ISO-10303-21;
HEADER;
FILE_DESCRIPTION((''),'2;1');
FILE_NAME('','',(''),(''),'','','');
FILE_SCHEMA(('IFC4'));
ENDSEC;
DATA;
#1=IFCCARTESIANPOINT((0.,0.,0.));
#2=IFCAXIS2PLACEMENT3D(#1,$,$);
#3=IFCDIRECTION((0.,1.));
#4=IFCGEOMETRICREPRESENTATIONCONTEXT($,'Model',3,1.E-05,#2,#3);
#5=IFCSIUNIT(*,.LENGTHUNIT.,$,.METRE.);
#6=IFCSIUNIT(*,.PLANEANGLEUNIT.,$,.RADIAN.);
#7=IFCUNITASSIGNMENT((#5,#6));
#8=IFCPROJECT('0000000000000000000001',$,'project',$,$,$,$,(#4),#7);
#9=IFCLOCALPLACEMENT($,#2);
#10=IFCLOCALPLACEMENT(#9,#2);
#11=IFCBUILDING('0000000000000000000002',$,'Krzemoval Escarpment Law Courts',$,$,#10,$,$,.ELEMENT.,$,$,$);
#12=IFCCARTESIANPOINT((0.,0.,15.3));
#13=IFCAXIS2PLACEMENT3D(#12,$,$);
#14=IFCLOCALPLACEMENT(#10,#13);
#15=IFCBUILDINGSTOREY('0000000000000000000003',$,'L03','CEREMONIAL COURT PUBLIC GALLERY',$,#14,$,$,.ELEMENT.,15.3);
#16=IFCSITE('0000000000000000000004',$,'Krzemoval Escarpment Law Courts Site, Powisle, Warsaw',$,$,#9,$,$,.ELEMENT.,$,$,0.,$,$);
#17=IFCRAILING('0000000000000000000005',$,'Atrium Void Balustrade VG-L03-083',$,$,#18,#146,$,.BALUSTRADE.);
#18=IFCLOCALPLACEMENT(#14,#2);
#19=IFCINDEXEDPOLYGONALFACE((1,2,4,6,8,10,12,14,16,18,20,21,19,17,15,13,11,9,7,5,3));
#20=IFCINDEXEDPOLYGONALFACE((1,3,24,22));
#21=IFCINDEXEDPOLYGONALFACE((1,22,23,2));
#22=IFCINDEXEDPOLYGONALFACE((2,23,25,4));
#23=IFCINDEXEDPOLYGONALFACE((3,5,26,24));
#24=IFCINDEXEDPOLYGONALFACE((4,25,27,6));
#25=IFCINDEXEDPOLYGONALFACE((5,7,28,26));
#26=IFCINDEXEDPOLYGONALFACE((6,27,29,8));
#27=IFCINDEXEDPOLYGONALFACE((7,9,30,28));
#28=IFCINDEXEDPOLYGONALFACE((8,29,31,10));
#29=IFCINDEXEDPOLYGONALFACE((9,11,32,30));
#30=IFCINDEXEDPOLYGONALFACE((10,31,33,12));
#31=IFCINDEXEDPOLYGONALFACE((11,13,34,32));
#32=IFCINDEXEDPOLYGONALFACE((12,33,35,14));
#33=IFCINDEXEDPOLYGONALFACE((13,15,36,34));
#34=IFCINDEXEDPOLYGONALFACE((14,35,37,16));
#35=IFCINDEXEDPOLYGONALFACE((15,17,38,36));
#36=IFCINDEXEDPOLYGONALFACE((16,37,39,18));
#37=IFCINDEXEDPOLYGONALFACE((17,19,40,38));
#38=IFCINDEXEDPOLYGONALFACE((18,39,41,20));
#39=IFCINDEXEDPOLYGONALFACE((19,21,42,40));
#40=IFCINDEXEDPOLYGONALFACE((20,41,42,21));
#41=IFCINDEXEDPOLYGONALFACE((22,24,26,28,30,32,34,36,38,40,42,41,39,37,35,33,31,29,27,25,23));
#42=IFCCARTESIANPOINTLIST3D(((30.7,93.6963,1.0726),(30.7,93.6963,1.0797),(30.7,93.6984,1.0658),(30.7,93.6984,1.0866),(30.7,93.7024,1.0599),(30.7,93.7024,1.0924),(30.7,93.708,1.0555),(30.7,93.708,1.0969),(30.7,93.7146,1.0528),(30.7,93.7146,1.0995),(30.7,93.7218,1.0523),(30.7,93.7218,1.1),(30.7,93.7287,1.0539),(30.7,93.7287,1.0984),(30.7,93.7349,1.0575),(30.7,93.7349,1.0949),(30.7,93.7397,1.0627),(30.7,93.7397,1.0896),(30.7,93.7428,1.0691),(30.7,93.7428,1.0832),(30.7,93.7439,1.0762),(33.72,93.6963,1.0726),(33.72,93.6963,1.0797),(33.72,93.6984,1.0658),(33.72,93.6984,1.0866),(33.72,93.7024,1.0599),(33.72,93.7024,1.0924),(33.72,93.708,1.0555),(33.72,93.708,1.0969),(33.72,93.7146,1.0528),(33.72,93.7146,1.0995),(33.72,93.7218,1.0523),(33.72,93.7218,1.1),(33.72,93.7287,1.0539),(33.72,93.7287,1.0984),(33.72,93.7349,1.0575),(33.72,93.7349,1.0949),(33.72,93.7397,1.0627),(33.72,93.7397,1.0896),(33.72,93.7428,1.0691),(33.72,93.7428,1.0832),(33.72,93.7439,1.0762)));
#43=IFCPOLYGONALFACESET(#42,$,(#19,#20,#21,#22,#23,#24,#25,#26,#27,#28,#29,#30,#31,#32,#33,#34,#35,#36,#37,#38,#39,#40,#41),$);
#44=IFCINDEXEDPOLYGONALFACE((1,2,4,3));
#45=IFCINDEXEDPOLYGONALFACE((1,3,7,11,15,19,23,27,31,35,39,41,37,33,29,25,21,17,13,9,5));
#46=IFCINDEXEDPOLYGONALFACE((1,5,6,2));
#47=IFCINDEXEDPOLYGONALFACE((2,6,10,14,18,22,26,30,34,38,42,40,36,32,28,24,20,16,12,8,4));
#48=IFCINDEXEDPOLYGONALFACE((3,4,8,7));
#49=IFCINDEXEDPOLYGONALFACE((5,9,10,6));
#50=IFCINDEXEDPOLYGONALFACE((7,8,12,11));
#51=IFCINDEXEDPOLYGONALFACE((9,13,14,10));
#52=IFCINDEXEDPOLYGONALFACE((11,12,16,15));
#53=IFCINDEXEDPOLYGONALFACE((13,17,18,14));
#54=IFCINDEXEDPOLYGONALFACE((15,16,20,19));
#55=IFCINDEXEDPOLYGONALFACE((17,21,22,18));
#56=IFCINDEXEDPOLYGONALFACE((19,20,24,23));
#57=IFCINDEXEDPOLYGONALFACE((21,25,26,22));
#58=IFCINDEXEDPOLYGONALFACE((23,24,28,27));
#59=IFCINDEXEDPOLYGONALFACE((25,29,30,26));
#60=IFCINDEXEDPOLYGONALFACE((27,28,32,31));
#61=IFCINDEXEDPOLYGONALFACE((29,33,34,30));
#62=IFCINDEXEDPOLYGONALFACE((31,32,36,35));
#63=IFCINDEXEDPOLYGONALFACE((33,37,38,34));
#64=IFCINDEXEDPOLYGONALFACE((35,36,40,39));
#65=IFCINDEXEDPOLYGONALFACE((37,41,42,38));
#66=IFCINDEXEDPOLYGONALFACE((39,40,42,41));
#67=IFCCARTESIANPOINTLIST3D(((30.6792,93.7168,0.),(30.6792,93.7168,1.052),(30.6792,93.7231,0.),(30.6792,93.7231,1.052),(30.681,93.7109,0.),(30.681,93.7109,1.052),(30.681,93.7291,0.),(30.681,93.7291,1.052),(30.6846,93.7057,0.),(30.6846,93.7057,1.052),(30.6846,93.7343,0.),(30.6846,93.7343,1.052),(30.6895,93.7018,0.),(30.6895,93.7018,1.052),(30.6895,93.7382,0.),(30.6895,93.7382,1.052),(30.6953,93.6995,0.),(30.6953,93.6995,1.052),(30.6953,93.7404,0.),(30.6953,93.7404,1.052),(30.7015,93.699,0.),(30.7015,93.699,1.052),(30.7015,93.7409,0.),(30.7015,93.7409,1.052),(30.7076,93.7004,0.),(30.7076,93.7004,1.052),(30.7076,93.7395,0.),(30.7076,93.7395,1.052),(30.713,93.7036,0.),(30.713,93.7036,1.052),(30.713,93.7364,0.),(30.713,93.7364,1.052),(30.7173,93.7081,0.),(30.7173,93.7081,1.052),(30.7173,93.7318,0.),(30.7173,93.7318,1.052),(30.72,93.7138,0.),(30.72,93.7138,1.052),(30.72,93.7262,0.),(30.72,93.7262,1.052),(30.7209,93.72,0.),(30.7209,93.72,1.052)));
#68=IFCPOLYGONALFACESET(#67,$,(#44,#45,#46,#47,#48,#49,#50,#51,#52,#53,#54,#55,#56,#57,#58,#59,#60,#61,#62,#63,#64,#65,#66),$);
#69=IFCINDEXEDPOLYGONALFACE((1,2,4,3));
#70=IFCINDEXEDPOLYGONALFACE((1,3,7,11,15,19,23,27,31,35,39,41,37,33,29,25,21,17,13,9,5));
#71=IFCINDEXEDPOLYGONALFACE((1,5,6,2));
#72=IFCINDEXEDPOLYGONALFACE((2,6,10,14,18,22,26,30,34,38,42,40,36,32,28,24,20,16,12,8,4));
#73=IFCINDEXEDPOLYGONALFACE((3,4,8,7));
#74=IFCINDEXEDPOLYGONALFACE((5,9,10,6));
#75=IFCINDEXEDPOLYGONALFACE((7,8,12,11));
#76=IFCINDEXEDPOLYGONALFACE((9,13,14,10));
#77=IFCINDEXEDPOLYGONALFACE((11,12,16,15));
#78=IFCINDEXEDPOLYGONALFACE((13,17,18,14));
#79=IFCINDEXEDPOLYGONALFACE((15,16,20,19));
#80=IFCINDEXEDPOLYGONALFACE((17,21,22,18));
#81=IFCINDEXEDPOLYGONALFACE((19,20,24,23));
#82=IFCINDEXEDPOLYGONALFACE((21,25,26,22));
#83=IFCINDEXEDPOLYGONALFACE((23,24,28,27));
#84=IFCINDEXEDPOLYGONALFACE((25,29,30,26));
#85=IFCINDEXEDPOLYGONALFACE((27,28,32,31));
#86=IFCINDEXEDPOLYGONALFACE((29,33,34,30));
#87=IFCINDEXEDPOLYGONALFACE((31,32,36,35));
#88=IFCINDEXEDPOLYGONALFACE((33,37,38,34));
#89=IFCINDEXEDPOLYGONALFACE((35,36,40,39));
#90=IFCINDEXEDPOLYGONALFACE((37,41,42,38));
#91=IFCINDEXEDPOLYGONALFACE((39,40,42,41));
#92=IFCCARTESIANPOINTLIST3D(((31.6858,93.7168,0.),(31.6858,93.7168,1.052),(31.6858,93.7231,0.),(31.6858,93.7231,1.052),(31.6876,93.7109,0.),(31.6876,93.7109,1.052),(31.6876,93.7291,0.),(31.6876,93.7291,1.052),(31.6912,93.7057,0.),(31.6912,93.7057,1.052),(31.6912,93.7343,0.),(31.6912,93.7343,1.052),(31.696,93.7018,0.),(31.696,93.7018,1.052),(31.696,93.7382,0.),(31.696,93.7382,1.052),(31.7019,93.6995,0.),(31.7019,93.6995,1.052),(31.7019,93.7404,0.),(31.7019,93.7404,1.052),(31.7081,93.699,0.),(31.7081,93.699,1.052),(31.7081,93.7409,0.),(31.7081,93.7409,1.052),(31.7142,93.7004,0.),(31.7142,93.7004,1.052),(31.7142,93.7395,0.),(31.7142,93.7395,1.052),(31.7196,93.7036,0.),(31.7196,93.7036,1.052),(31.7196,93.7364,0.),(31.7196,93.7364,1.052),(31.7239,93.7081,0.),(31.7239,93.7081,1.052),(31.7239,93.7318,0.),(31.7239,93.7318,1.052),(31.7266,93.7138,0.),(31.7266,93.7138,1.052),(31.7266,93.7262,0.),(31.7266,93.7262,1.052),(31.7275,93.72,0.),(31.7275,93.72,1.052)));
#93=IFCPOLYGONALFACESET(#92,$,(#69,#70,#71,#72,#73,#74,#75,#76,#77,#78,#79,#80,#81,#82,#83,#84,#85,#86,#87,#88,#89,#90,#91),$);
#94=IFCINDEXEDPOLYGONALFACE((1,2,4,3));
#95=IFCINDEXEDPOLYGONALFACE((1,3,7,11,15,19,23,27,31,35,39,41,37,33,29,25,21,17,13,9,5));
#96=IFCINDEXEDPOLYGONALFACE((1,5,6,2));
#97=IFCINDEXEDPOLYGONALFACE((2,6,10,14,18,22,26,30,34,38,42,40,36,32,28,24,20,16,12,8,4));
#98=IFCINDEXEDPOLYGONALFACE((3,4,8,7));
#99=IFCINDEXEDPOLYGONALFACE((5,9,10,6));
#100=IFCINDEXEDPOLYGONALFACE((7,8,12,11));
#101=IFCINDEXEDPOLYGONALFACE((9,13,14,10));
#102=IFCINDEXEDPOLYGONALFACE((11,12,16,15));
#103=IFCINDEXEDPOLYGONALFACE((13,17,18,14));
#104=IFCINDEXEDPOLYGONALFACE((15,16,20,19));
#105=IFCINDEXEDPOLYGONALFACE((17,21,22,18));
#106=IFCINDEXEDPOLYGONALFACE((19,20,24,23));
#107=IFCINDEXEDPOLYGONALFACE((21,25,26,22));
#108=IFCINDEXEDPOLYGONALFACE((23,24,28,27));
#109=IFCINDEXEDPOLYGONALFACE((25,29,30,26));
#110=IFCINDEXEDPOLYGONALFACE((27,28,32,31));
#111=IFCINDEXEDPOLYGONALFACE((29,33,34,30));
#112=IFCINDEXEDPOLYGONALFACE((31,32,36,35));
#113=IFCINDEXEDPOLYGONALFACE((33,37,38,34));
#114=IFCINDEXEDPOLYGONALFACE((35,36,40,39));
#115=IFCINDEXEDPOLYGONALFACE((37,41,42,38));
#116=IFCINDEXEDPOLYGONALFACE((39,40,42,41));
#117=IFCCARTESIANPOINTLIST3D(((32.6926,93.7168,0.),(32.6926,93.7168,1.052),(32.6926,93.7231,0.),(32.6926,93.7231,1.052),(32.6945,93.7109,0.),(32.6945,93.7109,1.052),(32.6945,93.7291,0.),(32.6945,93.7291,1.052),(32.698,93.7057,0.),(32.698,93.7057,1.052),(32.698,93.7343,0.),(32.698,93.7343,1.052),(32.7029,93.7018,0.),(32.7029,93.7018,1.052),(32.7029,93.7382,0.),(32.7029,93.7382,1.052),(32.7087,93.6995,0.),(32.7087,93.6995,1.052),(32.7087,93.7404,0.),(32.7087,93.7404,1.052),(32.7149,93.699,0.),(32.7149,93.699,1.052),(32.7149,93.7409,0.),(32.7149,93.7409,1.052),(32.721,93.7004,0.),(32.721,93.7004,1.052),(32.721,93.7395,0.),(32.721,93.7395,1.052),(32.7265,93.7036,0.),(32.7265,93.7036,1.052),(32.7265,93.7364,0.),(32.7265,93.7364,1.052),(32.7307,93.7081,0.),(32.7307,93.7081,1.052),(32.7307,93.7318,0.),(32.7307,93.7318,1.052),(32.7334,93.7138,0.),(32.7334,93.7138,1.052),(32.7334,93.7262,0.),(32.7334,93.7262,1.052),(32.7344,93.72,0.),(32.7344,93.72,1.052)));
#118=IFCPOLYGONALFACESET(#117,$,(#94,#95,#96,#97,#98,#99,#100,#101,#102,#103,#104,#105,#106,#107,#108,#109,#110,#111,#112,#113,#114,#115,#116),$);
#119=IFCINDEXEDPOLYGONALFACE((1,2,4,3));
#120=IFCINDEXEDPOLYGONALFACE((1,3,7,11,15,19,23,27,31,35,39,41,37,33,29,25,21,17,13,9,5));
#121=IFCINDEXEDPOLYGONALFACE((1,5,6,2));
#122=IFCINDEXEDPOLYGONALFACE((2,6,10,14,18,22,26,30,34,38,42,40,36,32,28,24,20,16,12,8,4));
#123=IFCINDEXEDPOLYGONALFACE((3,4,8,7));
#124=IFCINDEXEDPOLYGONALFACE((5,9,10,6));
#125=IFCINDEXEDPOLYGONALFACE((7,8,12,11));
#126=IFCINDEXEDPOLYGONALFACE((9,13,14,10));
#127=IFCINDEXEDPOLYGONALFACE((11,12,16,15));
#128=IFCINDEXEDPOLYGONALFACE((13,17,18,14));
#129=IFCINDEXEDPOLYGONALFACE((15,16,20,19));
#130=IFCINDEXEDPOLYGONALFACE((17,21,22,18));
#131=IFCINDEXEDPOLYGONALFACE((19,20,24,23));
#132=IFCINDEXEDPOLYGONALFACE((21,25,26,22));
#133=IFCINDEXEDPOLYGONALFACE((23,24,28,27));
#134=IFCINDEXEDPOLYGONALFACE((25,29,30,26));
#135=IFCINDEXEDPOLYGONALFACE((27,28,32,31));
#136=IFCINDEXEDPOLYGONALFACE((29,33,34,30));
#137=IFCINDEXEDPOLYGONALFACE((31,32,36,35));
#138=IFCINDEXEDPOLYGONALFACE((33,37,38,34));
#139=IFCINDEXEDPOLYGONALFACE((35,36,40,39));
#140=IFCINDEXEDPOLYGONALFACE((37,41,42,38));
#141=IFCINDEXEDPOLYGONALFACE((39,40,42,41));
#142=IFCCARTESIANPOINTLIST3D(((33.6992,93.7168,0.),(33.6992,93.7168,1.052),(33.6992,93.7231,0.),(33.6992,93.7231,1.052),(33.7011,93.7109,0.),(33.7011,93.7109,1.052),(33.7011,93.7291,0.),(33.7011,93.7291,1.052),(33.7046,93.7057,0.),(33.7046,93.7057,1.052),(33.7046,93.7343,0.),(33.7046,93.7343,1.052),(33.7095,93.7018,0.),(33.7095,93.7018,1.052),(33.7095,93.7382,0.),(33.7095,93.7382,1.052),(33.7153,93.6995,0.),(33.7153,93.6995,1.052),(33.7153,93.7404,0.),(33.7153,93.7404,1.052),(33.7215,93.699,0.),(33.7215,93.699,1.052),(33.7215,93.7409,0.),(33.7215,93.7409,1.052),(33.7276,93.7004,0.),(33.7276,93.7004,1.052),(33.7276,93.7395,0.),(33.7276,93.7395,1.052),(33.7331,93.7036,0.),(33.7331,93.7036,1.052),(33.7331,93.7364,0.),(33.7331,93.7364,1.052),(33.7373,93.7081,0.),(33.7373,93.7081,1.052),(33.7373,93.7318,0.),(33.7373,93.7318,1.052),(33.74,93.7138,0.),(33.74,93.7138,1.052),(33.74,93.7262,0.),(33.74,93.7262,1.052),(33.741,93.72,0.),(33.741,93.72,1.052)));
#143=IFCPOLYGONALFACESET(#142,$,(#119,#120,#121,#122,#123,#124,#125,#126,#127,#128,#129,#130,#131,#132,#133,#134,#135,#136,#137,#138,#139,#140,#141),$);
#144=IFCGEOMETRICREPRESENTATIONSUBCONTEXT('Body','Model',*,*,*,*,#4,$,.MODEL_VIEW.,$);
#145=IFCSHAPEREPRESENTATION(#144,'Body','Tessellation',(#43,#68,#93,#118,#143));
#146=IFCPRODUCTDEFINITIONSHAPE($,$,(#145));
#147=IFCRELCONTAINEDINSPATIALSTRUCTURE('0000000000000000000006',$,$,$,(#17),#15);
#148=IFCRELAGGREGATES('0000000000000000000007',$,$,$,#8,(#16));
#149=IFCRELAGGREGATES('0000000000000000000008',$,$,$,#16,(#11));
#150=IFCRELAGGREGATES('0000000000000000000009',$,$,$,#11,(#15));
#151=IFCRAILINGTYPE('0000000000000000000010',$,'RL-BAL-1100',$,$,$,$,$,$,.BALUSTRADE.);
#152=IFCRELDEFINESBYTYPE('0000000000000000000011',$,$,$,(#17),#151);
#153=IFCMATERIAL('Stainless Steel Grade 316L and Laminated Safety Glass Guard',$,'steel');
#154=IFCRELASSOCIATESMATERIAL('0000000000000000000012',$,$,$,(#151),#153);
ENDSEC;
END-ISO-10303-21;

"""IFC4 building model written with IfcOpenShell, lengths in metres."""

from ifc_helpers import new_model, si_unit, direction, frame, origin, origin_2d, place, context, subcontext, project, spatial, circle, extrude, material, type_object, element, save


model = new_model("IFC4")

# Units and contexts
model_context = context("Model", 3, precision=1e-05, world=origin(), true_north=direction((0.0, 1.0)))
body_context = subcontext(model_context, "Body", "Model", "MODEL_VIEW")
ifc_project = project(units=[si_unit("LENGTHUNIT", "METRE"), si_unit("PLANEANGLEUNIT", "RADIAN")], contexts=[model_context])

# Site, building, storey
site_placement = place(None, origin())
site = spatial("IfcSite", under=ifc_project, at=site_placement, Name="Krzemoval Escarpment Law Courts Site, Powisle, Warsaw", CompositionType="ELEMENT", RefElevation=0.0)
building_placement = place(site_placement, origin())
building = spatial("IfcBuilding", under=site, at=building_placement, Name="Krzemoval Escarpment Law Courts", CompositionType="ELEMENT")
storey_placement = place(building_placement, frame((0.0, 0.0, 15.3)))
storey = spatial("IfcBuildingStorey", under=building, at=storey_placement, Name="L03", Description="CEREMONIAL COURT PUBLIC GALLERY", CompositionType="ELEMENT", Elevation=15.3)

# Railing
ifc_material_1 = material(Name="Stainless Steel Grade 316L and Laminated Safety Glass Guard", Category="steel")
railing_type = type_object("IfcRailingType", Name="RL-BAL-1100", PredefinedType="BALUSTRADE", material=ifc_material_1)
railing_1_placement = place(storey_placement, frame((30.7, 93.72, 0.0)))
element("IfcRailing", 1, at=railing_1_placement, inside=storey, type_object=railing_type, Name="Atrium Void Balustrade VG-L03-083", PredefinedType="BALUSTRADE", context=body_context, shape_type="SweptSolid", body=[
    extrude(circle(Radius=0.0239, at=origin_2d()), frame((0.0, 0.0, 1.0762), z_axis=(1.0, 0.0, 0.0), x_axis=(0.0, 1.0, 0.0)), (0.0, 0.0, 1.0), 3.02),
    extrude(circle(Radius=0.021, at=origin_2d()), origin(), (0.0, 0.0, 1.0), 1.052),
    extrude(circle(Radius=0.021, at=origin_2d()), frame((1.0066, 0.0, 0.0)), (0.0, 0.0, 1.0), 1.052),
    extrude(circle(Radius=0.021, at=origin_2d()), frame((2.0134, 0.0, 0.0)), (0.0, 0.0, 1.0), 1.052),
    extrude(circle(Radius=0.021, at=origin_2d()), frame((3.02, 0.0, 0.0)), (0.0, 0.0, 1.0), 1.052),
])

save(model, "model.ifc")
